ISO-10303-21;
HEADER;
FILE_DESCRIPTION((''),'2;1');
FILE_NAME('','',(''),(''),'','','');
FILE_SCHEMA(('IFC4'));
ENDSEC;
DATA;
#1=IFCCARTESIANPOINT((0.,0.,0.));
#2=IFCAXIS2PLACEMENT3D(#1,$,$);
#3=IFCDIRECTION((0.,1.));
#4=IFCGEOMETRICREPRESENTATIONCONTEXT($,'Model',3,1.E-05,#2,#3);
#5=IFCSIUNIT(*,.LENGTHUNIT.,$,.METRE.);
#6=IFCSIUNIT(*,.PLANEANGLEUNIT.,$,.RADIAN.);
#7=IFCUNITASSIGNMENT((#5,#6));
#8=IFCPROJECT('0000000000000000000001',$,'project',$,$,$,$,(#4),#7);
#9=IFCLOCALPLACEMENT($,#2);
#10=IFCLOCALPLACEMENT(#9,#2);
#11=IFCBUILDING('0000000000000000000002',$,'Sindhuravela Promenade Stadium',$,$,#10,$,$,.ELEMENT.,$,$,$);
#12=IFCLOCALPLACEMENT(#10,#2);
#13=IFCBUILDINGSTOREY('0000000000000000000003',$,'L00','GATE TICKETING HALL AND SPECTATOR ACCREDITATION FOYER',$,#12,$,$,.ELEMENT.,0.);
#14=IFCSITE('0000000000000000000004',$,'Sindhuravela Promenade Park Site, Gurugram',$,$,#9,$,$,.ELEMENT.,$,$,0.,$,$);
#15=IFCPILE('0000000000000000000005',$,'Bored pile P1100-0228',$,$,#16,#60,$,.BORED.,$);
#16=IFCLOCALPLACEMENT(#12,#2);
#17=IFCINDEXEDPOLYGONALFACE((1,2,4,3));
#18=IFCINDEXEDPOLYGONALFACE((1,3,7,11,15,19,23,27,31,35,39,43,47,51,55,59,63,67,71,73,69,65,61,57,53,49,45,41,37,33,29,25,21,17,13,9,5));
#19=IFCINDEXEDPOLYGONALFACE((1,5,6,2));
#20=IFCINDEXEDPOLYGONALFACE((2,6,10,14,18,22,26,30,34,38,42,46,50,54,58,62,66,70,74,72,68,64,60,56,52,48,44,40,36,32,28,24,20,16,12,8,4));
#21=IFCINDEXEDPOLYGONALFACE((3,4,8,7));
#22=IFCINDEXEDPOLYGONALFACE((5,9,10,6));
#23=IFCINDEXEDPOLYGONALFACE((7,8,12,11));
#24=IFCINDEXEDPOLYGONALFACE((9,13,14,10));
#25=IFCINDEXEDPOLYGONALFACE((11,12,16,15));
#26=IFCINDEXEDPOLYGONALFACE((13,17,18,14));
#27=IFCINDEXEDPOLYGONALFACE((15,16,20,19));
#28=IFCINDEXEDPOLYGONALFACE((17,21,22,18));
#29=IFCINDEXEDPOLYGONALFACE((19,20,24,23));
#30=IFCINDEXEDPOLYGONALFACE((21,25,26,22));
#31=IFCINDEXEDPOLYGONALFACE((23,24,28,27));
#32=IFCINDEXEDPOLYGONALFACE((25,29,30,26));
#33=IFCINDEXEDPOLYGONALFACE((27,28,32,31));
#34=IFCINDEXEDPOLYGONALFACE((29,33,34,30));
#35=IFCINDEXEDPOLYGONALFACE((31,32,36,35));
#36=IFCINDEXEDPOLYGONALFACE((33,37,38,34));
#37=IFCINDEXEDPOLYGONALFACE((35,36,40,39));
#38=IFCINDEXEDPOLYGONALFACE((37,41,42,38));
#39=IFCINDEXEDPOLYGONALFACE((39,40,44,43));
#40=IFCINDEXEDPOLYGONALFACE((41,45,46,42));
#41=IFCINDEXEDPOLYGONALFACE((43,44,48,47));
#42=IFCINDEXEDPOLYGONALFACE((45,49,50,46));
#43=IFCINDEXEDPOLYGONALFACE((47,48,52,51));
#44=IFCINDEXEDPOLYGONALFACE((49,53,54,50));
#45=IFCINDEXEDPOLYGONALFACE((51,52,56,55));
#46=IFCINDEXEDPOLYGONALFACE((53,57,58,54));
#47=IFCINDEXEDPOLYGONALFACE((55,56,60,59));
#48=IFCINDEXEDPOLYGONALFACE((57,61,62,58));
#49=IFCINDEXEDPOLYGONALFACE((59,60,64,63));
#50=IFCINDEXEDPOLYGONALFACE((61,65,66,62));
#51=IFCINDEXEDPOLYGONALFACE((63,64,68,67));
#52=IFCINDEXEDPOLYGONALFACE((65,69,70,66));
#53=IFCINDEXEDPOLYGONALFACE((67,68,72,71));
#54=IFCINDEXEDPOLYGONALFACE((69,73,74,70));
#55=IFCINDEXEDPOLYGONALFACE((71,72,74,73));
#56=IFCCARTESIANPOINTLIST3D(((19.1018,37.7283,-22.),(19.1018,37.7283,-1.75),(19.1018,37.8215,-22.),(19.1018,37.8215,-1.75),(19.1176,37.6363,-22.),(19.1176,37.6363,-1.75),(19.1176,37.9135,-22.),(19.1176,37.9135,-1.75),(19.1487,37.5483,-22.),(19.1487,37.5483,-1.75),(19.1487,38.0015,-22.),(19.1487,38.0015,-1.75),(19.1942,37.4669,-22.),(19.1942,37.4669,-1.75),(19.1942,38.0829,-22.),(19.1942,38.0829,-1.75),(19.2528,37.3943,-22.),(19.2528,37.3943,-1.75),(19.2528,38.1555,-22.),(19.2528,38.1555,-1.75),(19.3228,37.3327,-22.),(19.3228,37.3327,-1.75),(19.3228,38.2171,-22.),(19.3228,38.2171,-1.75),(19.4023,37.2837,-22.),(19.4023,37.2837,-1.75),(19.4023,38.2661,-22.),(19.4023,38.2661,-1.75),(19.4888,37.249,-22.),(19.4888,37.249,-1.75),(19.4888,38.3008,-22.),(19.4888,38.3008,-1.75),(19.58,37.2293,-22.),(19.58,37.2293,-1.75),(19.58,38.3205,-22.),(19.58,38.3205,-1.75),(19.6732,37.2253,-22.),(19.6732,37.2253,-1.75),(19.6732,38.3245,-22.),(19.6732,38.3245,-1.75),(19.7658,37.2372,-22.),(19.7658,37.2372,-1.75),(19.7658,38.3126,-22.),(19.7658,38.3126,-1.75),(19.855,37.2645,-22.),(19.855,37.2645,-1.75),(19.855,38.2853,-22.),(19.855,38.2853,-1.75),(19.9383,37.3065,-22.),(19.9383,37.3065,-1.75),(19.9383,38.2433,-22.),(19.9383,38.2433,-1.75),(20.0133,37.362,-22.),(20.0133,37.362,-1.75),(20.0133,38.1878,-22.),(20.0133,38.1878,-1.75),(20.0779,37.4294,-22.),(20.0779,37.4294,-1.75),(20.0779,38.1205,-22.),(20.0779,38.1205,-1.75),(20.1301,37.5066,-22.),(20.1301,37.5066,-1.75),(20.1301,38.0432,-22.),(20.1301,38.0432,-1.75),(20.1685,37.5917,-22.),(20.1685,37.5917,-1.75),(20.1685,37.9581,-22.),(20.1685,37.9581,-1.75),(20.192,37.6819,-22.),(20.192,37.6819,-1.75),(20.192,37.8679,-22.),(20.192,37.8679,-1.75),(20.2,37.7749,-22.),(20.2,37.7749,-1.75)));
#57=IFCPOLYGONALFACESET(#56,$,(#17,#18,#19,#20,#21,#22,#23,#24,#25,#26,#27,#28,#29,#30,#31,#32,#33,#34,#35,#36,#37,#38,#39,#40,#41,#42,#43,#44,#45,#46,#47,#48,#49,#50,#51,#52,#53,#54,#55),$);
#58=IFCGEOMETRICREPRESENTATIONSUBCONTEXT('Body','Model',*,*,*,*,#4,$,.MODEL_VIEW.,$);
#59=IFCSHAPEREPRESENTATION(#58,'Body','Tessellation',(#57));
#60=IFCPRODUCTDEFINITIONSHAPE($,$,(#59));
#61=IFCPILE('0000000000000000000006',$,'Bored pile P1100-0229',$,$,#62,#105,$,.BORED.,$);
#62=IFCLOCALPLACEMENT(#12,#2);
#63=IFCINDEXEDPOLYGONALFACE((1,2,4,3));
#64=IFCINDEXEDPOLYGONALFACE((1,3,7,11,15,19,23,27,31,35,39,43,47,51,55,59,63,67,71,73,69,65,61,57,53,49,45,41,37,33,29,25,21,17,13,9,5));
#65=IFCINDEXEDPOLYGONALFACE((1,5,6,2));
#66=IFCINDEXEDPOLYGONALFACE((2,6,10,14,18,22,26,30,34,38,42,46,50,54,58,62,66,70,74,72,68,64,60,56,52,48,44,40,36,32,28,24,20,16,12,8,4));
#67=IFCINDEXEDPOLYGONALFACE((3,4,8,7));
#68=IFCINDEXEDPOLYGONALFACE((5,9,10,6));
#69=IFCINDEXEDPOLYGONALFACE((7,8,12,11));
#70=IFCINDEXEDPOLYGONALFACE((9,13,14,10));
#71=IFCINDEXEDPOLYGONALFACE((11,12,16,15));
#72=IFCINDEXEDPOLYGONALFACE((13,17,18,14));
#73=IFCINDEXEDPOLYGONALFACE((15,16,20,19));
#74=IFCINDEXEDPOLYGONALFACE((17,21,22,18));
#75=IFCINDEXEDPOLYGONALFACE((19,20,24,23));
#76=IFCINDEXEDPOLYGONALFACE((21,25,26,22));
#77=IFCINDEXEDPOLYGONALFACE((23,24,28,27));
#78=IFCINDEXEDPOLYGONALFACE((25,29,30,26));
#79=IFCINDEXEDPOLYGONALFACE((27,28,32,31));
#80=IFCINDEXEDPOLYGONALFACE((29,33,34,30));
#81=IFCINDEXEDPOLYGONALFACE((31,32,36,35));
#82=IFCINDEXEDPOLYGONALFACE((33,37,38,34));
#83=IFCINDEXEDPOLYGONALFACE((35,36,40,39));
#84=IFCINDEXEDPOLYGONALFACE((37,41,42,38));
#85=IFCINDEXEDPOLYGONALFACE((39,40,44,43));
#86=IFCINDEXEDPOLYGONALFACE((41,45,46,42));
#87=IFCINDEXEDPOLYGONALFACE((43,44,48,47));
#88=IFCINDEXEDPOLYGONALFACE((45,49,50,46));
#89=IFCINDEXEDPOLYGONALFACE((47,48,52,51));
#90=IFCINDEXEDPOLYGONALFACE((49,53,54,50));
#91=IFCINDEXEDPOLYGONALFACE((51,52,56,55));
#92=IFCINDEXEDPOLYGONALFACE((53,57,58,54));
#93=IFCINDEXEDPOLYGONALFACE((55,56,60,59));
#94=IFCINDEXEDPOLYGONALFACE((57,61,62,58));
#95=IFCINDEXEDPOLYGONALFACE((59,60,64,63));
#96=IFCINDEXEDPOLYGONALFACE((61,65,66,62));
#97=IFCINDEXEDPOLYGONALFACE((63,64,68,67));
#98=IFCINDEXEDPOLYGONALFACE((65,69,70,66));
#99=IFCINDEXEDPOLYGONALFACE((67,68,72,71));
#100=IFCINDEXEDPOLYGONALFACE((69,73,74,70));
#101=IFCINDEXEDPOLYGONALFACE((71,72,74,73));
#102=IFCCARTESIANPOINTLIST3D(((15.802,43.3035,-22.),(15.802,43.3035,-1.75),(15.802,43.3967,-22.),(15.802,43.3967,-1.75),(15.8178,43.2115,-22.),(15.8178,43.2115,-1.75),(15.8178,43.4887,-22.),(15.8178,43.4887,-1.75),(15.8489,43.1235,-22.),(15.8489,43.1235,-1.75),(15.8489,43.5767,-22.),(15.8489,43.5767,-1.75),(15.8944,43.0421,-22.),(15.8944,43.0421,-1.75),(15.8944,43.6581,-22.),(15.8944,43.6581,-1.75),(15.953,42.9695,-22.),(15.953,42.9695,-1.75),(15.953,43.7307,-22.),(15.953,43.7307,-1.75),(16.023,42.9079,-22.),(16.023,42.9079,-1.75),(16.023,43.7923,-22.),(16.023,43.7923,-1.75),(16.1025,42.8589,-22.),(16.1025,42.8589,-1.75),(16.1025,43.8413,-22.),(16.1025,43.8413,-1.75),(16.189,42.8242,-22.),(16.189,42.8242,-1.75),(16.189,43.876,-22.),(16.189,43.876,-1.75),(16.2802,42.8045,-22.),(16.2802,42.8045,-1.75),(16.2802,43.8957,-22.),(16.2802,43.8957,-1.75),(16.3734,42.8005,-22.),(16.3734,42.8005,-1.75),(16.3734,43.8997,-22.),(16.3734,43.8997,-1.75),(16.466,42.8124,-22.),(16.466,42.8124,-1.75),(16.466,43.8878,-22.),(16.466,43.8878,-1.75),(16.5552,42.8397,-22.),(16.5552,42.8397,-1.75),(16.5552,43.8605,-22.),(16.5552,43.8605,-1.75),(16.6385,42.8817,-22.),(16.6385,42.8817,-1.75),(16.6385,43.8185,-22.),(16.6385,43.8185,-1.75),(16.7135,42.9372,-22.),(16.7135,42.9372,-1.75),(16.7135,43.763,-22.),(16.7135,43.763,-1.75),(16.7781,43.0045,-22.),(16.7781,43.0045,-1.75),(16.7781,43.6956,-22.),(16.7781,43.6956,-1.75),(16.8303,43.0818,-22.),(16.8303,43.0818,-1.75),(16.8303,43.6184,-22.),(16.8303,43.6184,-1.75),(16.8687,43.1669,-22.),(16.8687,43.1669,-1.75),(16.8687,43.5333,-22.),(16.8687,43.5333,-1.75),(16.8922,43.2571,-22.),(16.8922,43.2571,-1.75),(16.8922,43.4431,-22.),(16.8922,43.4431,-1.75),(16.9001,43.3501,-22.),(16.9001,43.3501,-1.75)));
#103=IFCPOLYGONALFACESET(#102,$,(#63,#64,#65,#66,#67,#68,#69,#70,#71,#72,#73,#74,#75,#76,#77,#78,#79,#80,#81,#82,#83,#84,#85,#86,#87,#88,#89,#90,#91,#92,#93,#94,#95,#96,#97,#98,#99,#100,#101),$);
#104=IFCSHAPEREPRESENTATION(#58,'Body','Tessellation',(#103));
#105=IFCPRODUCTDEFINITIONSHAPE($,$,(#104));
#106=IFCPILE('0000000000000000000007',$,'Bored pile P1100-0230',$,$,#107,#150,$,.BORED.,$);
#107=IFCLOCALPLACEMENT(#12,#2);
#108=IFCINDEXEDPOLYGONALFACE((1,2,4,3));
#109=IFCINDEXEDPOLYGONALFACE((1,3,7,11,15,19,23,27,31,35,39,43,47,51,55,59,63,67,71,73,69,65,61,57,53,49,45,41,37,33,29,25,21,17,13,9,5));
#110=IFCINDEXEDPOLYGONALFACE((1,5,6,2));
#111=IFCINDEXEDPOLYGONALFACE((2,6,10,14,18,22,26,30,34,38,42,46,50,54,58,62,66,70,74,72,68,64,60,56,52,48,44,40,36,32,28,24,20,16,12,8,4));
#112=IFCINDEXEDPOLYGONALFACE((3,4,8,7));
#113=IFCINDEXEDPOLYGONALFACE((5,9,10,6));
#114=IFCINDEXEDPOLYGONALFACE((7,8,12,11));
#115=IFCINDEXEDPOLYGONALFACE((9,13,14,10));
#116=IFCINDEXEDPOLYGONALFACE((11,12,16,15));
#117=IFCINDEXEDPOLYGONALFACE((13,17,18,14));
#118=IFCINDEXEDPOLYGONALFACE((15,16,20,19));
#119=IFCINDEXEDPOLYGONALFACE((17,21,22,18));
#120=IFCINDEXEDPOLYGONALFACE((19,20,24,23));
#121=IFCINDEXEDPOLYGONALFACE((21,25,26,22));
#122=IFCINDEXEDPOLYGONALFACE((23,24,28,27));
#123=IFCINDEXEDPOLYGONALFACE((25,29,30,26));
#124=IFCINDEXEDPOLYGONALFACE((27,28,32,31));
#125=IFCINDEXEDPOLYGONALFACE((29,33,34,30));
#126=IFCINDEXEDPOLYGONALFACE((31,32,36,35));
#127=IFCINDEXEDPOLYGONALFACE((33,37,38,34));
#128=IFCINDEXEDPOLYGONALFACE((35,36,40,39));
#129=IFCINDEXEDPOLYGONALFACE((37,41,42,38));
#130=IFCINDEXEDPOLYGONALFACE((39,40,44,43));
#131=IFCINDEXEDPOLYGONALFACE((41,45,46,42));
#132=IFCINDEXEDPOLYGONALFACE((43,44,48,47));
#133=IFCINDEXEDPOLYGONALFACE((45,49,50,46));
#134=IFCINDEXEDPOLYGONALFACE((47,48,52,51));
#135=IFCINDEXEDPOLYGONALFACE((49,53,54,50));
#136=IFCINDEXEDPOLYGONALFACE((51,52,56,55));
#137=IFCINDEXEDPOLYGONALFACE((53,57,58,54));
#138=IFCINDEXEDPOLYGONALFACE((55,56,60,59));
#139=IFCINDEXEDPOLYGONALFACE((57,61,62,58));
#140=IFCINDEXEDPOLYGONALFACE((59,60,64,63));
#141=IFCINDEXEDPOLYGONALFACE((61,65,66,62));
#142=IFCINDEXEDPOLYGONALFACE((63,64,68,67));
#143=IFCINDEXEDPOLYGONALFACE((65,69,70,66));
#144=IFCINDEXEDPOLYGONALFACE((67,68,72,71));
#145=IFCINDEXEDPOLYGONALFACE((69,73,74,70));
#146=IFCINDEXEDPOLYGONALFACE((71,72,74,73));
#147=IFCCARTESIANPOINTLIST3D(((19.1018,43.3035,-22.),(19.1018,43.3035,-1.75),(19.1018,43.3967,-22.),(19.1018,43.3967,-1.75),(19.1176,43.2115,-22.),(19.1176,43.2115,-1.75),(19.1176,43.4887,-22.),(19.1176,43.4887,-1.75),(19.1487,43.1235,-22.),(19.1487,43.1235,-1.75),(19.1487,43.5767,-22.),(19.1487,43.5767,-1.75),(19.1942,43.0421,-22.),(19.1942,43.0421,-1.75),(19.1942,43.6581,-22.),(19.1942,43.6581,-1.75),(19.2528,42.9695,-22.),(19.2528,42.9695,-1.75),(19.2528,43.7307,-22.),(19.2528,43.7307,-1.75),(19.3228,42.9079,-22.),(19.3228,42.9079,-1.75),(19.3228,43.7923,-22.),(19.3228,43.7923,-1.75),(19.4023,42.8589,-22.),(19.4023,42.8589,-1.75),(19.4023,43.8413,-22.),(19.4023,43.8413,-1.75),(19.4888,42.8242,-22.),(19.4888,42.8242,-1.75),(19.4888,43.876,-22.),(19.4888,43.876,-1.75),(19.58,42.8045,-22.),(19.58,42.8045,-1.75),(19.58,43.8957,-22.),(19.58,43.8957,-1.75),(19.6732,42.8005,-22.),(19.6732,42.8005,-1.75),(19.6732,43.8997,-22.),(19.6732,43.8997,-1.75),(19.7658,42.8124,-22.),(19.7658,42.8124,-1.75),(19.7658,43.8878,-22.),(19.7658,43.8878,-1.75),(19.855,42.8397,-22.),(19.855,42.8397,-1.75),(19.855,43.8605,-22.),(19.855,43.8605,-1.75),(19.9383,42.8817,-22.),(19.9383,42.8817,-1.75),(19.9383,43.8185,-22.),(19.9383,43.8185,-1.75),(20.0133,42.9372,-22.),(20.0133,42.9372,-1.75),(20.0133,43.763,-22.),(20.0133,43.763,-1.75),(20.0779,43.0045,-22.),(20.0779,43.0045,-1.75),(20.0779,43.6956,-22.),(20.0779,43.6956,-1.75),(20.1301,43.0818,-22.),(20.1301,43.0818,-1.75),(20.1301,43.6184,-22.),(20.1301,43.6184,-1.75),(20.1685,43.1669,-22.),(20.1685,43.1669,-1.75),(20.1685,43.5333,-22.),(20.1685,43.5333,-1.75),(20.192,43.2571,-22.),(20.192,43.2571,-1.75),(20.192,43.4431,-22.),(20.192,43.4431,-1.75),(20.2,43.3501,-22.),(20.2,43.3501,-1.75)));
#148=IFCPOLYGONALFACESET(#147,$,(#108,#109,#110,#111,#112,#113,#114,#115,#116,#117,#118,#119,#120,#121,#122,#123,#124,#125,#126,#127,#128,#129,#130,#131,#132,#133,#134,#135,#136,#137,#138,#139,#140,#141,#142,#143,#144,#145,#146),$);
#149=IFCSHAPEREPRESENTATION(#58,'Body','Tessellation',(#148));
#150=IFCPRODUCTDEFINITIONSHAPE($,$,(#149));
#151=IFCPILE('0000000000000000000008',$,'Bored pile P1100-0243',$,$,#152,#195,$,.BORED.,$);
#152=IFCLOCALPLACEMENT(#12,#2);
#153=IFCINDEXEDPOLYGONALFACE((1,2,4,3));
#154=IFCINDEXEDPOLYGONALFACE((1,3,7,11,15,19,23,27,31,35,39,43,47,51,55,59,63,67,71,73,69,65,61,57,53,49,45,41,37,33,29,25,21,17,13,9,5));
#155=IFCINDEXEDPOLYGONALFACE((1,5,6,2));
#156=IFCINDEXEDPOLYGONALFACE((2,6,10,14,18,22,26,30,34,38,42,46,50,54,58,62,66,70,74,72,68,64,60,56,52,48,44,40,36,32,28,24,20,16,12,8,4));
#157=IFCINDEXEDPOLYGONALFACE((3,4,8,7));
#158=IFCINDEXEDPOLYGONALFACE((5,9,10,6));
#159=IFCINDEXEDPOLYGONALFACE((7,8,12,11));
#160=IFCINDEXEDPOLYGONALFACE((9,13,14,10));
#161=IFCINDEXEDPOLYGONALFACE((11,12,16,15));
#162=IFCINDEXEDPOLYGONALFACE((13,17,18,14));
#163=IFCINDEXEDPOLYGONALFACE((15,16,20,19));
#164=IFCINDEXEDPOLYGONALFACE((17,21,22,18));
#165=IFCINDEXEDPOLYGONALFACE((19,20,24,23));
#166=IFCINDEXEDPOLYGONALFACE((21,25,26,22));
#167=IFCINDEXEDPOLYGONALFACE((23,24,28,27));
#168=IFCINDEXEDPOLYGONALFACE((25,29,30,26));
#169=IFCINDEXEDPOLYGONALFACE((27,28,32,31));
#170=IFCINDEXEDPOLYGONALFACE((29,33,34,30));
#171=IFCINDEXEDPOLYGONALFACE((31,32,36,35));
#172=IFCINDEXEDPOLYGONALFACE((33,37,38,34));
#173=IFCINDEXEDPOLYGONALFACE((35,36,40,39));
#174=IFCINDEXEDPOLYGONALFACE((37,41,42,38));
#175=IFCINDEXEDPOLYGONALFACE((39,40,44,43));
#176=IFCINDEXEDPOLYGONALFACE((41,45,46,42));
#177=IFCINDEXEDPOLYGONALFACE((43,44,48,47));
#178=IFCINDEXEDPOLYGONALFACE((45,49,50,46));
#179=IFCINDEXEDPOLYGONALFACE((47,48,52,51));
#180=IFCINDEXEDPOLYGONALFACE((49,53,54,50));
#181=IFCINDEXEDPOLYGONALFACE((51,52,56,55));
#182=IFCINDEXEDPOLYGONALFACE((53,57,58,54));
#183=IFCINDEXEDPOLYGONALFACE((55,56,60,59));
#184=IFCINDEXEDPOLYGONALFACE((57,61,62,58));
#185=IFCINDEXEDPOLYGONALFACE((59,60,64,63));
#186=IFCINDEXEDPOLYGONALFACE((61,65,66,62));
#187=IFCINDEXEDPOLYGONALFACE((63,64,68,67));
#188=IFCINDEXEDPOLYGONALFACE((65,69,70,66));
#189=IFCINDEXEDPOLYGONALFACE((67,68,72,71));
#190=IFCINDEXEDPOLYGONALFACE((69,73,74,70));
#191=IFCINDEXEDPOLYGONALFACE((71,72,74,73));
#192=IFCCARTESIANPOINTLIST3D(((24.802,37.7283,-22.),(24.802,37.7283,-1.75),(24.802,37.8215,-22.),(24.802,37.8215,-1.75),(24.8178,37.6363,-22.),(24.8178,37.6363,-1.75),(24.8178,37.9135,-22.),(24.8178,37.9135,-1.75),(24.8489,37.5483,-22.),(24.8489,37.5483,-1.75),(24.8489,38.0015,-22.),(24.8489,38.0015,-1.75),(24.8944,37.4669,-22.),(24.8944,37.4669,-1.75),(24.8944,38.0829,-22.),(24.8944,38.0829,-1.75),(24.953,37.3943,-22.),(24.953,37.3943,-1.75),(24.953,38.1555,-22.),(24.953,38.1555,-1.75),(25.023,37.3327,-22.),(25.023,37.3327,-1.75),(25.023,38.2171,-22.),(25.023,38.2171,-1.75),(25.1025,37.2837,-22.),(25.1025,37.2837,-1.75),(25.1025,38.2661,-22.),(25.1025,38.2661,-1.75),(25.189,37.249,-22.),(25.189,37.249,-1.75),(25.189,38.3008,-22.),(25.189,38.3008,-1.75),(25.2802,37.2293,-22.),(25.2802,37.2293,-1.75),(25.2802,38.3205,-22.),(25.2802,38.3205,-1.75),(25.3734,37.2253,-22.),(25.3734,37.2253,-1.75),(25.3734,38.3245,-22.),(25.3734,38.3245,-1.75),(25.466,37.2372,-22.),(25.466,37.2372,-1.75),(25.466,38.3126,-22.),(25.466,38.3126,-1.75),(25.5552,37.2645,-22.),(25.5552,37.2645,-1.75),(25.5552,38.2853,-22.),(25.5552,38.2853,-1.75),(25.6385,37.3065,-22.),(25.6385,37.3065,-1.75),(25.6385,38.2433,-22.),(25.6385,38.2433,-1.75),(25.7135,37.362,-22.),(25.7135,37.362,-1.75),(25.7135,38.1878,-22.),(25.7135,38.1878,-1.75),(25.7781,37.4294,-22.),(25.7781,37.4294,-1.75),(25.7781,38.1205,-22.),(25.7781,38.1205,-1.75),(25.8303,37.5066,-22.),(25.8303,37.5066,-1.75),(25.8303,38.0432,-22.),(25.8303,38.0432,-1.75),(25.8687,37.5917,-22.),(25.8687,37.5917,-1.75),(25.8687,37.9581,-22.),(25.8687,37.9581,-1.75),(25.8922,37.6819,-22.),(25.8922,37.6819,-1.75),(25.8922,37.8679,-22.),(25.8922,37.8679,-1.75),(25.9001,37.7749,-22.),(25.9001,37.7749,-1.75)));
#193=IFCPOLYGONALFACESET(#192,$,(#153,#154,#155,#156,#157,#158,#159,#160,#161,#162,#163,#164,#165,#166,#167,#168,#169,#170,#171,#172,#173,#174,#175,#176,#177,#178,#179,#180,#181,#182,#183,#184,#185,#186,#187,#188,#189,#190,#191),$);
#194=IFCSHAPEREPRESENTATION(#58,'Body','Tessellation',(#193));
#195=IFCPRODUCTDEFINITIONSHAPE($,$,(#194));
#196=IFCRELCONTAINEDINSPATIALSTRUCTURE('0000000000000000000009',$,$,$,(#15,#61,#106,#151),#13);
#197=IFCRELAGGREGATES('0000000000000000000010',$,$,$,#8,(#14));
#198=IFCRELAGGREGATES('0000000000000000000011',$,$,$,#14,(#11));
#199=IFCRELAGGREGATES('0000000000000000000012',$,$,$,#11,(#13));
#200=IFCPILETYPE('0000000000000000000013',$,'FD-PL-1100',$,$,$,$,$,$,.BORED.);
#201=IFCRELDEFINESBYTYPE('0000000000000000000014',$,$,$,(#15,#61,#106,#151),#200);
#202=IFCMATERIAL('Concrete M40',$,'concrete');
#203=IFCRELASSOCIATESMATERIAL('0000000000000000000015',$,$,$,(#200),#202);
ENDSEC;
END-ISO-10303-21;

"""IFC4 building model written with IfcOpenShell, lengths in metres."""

from ifc_helpers import new_model, si_unit, direction, frame, origin, origin_2d, place, context, subcontext, project, spatial, circle, extrude, material, material_profile, profile_set, type_object, element, save


model = new_model("IFC4")

# Units and contexts
model_context = context("Model", 3, precision=1e-05, world=origin(), true_north=direction((0.0, 1.0)))
body_context = subcontext(model_context, "Body", "Model", "MODEL_VIEW")
ifc_project = project(units=[si_unit("LENGTHUNIT", "METRE"), si_unit("PLANEANGLEUNIT", "RADIAN")], contexts=[model_context])

# Site, building, storey
site_placement = place(None, origin())
site = spatial("IfcSite", under=ifc_project, at=site_placement, Name="Sindhuravela Promenade Park Site, Gurugram", CompositionType="ELEMENT", RefElevation=0.0)
building_placement = place(site_placement, origin())
building = spatial("IfcBuilding", under=site, at=building_placement, Name="Sindhuravela Promenade Stadium", CompositionType="ELEMENT")
storey_placement = place(building_placement, origin())
storey = spatial("IfcBuildingStorey", under=building, at=storey_placement, Name="L00", Description="GATE TICKETING HALL AND SPECTATOR ACCREDITATION FOYER", CompositionType="ELEMENT", Elevation=0.0)

# Piles
ifc_material_1 = material(Name="Concrete M40", Category="concrete")
ifc_material_profile_1 = material_profile(ifc_material_1, circle(Radius=0.55, at=origin_2d()), Name="BORED PILE D1100")
ifc_profile_set_1 = profile_set([ifc_material_profile_1], Name="Concrete M40")
pile_type_1 = type_object("IfcPileType", Name="FD-PL-1100", PredefinedType="BORED", material=ifc_profile_set_1)
for number, where, z_axis, x_axis, name in (
    (1, (19.6499, 37.7749, -1.75), (0.0, 0.0, -1.0), (1.0, 0.0, 0.0), "Bored pile P1100-0228"),
    (2, (16.3501, 43.3501, -1.75), (0.0, 0.0, -1.0), (1.0, 0.0, 0.0), "Bored pile P1100-0229"),
    (3, (19.6499, 43.3501, -1.75), (0.0, 0.0, -1.0), (1.0, 0.0, 0.0), "Bored pile P1100-0230"),
    (4, (25.3501, 37.7749, -1.75), (0.0, 0.0, -1.0), (1.0, 0.0, 0.0), "Bored pile P1100-0243"),
):
    element("IfcPile", number, at=place(storey_placement, frame(where, z_axis=z_axis, x_axis=x_axis)), inside=storey, type_object=pile_type_1, Name=name, PredefinedType="BORED", context=body_context, shape_type="SweptSolid", body=[
        extrude(circle(Radius=0.55, at=origin_2d()), origin(), (0.0, 0.0, 1.0), 20.25),
    ])

save(model, "model.ifc")
